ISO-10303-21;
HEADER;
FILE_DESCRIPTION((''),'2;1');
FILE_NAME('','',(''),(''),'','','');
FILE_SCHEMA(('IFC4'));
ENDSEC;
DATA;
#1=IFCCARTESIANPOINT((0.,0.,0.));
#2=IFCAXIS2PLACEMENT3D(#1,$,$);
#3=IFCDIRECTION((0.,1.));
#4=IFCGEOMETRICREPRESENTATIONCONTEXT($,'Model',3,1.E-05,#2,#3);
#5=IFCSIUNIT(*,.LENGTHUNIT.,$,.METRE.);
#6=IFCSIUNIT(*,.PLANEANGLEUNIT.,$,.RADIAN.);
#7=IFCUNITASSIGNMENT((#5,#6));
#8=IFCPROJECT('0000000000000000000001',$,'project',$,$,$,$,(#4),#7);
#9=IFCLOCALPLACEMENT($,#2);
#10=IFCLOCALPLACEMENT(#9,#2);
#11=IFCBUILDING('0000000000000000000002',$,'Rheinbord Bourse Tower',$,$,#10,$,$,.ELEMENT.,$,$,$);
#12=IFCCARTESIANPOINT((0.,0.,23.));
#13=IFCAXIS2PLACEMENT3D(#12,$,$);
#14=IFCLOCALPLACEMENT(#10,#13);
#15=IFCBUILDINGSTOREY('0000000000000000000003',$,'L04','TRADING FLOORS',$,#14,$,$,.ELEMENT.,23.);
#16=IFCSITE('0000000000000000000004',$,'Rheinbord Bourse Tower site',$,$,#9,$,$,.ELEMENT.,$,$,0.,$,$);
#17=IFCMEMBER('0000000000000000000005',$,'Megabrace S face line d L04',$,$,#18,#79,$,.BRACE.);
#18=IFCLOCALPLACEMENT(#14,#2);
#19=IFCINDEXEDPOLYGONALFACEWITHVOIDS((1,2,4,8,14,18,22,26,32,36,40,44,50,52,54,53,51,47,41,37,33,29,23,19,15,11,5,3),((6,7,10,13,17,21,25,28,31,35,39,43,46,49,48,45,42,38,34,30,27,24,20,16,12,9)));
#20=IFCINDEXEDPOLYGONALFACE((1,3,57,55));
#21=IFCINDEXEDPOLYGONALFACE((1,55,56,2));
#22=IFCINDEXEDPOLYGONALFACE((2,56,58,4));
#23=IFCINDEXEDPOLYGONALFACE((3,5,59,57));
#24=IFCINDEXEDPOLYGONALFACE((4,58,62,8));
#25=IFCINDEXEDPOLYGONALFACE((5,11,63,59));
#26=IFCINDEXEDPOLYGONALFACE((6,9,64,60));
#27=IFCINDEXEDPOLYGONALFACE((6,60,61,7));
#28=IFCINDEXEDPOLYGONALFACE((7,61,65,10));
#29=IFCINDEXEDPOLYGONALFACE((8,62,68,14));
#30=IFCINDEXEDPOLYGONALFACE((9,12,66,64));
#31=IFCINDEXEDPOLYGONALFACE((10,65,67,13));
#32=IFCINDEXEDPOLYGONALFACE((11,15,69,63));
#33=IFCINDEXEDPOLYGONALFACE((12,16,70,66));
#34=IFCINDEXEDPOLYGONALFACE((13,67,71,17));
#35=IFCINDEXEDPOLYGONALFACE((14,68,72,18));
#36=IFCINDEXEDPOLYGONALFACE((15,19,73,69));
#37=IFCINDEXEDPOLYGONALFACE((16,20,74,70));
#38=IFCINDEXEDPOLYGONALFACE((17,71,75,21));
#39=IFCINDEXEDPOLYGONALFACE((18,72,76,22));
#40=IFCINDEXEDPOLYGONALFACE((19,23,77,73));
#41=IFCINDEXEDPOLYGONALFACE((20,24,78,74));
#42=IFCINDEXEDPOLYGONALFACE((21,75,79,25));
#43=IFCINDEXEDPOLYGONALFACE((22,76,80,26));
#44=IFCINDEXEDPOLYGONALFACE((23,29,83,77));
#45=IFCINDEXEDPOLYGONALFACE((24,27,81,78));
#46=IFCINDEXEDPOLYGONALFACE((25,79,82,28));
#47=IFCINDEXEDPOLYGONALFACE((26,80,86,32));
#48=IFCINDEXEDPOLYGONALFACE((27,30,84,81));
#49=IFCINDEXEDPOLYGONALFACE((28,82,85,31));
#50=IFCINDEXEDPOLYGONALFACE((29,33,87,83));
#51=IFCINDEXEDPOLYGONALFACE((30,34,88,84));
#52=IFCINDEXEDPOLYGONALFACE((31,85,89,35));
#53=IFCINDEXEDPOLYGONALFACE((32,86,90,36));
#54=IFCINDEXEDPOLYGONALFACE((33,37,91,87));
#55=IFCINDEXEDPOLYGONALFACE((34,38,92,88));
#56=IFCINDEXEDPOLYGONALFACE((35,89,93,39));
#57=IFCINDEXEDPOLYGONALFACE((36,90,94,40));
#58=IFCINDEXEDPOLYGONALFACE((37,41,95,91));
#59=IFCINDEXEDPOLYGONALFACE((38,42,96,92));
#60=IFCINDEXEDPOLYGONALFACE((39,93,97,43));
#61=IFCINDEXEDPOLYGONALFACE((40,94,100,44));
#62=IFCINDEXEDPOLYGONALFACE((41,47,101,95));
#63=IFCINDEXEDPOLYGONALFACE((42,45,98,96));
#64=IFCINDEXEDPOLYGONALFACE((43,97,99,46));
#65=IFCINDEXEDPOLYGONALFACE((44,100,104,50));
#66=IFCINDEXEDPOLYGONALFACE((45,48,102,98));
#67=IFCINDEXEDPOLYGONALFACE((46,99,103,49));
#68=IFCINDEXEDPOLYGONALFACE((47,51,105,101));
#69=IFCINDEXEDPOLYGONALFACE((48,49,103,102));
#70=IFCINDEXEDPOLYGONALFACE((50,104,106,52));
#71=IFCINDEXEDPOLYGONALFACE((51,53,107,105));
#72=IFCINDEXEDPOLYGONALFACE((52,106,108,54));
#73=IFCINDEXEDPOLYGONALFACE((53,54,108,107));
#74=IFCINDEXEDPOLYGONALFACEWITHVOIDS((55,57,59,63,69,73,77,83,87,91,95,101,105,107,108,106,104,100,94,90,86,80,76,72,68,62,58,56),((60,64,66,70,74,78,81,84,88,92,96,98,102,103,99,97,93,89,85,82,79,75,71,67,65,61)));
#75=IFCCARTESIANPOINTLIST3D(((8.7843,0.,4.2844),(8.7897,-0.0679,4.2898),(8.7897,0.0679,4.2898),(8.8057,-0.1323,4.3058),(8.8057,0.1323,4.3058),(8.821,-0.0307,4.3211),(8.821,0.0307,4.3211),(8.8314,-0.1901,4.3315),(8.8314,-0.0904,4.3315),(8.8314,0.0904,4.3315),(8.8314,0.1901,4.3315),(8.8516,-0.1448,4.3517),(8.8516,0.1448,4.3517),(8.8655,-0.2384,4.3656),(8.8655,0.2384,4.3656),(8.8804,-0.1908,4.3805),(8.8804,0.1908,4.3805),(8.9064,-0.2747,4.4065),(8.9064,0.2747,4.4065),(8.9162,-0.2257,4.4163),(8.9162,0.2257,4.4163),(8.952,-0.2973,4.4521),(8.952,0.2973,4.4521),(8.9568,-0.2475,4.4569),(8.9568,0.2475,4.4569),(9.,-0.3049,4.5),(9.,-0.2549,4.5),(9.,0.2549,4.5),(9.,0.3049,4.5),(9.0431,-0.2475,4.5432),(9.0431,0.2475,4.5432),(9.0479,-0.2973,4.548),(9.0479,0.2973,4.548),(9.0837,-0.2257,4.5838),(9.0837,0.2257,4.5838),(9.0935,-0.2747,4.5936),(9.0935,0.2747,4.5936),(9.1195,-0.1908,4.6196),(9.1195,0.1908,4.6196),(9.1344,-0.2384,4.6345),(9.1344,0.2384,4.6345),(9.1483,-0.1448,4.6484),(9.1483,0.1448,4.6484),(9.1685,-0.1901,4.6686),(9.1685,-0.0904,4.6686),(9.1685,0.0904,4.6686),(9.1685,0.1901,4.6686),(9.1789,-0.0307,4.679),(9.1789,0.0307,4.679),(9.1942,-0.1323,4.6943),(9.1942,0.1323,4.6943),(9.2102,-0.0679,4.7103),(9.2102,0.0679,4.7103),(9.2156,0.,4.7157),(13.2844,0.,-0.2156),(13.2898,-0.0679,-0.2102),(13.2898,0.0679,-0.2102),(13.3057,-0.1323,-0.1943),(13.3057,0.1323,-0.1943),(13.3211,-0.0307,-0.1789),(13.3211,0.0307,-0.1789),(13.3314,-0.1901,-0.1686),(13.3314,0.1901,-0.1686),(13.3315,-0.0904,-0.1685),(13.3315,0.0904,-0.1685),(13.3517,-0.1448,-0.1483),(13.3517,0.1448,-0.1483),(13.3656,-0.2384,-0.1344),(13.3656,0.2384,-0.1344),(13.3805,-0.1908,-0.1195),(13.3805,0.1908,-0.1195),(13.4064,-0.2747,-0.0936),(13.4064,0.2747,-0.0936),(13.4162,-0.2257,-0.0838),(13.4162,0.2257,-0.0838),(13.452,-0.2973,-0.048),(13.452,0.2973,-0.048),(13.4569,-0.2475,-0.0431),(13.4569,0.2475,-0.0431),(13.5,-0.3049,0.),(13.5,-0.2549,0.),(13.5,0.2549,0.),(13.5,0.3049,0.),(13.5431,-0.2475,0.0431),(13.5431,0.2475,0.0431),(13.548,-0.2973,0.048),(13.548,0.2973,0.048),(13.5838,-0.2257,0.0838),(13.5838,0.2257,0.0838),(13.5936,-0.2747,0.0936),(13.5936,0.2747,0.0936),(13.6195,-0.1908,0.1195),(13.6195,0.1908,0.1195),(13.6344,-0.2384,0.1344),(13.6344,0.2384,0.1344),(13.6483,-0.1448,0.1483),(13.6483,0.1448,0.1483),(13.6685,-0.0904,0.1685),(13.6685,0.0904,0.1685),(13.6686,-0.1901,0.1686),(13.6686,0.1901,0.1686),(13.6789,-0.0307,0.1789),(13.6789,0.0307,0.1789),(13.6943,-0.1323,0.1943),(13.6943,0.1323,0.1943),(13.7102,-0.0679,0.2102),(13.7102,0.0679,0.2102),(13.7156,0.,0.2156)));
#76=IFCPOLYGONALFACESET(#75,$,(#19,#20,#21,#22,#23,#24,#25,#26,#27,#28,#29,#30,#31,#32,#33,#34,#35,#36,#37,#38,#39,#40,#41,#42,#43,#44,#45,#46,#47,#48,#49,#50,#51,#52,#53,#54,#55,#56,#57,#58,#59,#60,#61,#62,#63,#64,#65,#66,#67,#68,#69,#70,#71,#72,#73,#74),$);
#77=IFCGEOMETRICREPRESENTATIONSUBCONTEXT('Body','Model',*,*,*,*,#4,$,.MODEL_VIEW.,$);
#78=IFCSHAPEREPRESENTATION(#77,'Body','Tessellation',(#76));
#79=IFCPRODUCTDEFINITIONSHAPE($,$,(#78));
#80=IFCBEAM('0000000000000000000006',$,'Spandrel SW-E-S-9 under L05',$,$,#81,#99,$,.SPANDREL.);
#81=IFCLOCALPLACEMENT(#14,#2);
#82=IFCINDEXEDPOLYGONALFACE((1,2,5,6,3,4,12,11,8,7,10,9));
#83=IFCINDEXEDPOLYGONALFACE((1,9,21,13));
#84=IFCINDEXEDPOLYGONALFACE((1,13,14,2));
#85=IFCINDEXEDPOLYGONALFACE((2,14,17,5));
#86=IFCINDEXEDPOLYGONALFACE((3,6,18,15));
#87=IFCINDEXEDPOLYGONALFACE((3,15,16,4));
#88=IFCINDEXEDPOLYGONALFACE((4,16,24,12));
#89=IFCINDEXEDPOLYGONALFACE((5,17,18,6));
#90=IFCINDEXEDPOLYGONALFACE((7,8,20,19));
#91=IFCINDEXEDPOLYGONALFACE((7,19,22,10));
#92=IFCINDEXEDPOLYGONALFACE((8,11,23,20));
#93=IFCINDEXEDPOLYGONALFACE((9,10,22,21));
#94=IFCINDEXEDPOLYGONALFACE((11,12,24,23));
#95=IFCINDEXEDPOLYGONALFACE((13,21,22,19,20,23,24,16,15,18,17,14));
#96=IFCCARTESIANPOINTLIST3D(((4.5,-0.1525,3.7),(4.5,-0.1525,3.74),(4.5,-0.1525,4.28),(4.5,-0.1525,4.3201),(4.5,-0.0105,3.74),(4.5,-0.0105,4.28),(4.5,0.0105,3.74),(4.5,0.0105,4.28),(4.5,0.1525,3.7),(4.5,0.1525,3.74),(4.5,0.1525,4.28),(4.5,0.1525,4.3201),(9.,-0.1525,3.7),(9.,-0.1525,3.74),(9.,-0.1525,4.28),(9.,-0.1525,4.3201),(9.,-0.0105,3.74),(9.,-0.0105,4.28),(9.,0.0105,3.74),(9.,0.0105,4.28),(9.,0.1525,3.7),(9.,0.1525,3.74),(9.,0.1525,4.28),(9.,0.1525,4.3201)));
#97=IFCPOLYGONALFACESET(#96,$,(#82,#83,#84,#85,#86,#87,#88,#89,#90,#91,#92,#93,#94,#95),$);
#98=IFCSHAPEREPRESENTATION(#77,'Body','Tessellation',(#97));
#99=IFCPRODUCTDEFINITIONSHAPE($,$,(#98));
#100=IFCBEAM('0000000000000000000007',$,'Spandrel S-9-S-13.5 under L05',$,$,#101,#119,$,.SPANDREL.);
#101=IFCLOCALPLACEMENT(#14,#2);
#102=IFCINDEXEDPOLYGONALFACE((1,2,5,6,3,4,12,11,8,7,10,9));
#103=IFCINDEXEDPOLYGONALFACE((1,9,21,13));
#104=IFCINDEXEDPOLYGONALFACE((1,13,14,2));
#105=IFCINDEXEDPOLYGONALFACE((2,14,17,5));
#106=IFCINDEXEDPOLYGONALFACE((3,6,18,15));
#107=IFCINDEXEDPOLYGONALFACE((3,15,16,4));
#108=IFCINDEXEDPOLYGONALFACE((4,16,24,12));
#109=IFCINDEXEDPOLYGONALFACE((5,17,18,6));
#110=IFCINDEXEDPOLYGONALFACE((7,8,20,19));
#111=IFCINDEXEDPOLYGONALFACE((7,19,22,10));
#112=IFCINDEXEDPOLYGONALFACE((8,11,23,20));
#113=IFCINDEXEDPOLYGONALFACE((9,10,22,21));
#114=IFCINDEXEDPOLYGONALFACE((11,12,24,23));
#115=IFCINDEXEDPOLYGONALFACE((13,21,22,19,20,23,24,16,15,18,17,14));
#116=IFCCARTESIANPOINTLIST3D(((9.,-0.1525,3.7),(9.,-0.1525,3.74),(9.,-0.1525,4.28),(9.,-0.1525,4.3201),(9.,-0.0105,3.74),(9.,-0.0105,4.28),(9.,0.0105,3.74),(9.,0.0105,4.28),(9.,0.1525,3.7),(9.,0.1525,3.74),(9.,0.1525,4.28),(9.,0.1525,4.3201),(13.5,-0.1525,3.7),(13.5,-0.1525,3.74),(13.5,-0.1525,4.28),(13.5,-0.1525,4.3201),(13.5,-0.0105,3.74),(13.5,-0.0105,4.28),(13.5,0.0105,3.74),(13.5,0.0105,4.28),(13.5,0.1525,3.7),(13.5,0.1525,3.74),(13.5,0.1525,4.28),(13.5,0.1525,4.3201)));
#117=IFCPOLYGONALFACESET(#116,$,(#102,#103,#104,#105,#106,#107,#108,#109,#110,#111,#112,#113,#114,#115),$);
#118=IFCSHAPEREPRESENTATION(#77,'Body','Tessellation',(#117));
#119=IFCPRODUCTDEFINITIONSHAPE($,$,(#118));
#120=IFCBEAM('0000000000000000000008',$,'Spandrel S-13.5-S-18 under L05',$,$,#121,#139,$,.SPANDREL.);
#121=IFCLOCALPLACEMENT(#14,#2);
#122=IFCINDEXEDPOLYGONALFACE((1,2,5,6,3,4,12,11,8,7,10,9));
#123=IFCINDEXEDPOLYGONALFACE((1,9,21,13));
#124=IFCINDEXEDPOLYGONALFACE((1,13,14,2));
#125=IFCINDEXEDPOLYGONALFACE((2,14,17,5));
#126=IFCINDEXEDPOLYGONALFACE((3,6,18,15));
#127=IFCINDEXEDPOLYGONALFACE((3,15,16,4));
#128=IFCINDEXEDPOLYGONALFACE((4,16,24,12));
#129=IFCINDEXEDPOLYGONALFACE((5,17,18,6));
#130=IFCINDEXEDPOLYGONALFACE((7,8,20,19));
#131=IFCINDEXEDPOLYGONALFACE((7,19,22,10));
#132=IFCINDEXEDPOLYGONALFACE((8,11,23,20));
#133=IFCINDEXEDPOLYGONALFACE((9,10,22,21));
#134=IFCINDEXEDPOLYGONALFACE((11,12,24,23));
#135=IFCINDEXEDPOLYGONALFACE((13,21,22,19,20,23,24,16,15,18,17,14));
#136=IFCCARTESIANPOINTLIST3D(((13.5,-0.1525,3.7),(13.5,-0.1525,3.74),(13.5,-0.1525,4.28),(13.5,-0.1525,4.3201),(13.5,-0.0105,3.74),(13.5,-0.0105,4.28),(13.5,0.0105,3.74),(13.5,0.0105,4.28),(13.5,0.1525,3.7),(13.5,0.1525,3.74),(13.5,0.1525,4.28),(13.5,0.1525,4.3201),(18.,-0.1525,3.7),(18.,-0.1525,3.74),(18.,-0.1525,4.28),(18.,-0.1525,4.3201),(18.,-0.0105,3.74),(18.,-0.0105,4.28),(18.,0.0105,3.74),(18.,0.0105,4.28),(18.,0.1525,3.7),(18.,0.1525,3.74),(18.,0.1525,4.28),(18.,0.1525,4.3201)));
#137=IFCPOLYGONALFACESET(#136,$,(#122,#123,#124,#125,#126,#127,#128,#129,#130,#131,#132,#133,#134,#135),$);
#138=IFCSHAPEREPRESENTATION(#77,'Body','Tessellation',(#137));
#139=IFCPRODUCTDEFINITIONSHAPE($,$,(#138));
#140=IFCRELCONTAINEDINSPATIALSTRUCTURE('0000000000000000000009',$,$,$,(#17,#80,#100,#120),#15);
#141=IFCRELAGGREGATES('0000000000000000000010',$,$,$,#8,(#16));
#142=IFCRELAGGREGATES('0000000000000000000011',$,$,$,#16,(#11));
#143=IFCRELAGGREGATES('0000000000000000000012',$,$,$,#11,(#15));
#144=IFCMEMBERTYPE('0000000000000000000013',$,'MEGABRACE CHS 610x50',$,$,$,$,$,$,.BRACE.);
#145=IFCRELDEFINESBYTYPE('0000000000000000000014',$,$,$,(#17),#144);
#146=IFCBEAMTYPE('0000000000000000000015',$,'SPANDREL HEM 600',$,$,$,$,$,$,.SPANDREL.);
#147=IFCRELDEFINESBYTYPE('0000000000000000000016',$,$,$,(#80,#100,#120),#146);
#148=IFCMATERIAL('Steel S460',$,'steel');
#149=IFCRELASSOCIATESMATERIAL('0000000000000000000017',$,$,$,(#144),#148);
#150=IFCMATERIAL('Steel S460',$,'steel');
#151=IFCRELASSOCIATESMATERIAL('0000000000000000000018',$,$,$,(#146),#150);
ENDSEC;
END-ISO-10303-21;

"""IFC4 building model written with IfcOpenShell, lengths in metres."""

from ifc_helpers import new_model, si_unit, direction, frame, origin, origin_2d, place, context, subcontext, project, spatial, hollow_circle, i_section, extrude, material, material_profile, profile_set, type_object, element, save


model = new_model("IFC4")

# Units and contexts
model_context = context("Model", 3, precision=1e-05, world=origin(), true_north=direction((0.0, 1.0)))
body_context = subcontext(model_context, "Body", "Model", "MODEL_VIEW")
ifc_project = project(units=[si_unit("LENGTHUNIT", "METRE"), si_unit("PLANEANGLEUNIT", "RADIAN")], contexts=[model_context])

# Site, building, storey
site_placement = place(None, origin())
site = spatial("IfcSite", under=ifc_project, at=site_placement, Name="Rheinbord Bourse Tower site", CompositionType="ELEMENT", RefElevation=0.0)
building_placement = place(site_placement, origin())
building = spatial("IfcBuilding", under=site, at=building_placement, Name="Rheinbord Bourse Tower", CompositionType="ELEMENT")
storey_placement = place(building_placement, frame((0.0, 0.0, 23.0)))
storey = spatial("IfcBuildingStorey", under=building, at=storey_placement, Name="L04", Description="TRADING FLOORS", CompositionType="ELEMENT", Elevation=23.0)

# Member
ifc_material_1 = material(Name="Steel S460", Category="steel")
ifc_material_profile_1 = material_profile(ifc_material_1, hollow_circle(Radius=0.3049, WallThickness=0.05, at=origin_2d()), Name="CHS 610x50")
ifc_profile_set_1 = profile_set([ifc_material_profile_1], Name="Steel S460")
member_type_1 = type_object("IfcMemberType", Name="MEGABRACE CHS 610x50", PredefinedType="BRACE", material=ifc_profile_set_1)
member_1_placement = place(storey_placement, frame((13.5, 0.0, 0.0), z_axis=(-0.707107, 0.0, 0.707107), x_axis=(0.0, -1.0, 0.0)))
element("IfcMember", 1, at=member_1_placement, inside=storey, type_object=member_type_1, Name="Megabrace S face line d L04", PredefinedType="BRACE", context=body_context, shape_type="SweptSolid", body=[
    extrude(hollow_circle(Radius=0.3049, WallThickness=0.05, at=origin_2d()), origin(), (0.0, 0.0, 1.0), 6.364),
])

# Beams
ifc_material_2 = material(Name="Steel S460", Category="steel")
ifc_material_profile_2 = material_profile(ifc_material_2, i_section(OverallWidth=0.3049, OverallDepth=0.6201, WebThickness=0.021, FlangeThickness=0.04, at=origin_2d()), Name="HEM 600")
ifc_profile_set_2 = profile_set([ifc_material_profile_2], Name="Steel S460")
beam_type_1 = type_object("IfcBeamType", Name="SPANDREL HEM 600", PredefinedType="SPANDREL", material=ifc_profile_set_2)
for number, where, z_axis, x_axis, name in (
    (2, (4.5, 0.0, 4.01), (1.0, 0.0, 0.0), (0.0, 1.0, 0.0), "Spandrel SW-E-S-9 under L05"),
    (3, (9.0, 0.0, 4.01), (1.0, 0.0, 0.0), (0.0, 1.0, 0.0), "Spandrel S-9-S-13.5 under L05"),
    (4, (13.5, 0.0, 4.01), (1.0, 0.0, 0.0), (0.0, 1.0, 0.0), "Spandrel S-13.5-S-18 under L05"),
):
    element("IfcBeam", number, at=place(storey_placement, frame(where, z_axis=z_axis, x_axis=x_axis)), inside=storey, type_object=beam_type_1, Name=name, PredefinedType="SPANDREL", context=body_context, shape_type="SweptSolid", body=[
        extrude(i_section(OverallWidth=0.3049, OverallDepth=0.6201, WebThickness=0.021, FlangeThickness=0.04, at=origin_2d()), origin(), (0.0, 0.0, 1.0), 4.5),
    ])

save(model, "model.ifc")
